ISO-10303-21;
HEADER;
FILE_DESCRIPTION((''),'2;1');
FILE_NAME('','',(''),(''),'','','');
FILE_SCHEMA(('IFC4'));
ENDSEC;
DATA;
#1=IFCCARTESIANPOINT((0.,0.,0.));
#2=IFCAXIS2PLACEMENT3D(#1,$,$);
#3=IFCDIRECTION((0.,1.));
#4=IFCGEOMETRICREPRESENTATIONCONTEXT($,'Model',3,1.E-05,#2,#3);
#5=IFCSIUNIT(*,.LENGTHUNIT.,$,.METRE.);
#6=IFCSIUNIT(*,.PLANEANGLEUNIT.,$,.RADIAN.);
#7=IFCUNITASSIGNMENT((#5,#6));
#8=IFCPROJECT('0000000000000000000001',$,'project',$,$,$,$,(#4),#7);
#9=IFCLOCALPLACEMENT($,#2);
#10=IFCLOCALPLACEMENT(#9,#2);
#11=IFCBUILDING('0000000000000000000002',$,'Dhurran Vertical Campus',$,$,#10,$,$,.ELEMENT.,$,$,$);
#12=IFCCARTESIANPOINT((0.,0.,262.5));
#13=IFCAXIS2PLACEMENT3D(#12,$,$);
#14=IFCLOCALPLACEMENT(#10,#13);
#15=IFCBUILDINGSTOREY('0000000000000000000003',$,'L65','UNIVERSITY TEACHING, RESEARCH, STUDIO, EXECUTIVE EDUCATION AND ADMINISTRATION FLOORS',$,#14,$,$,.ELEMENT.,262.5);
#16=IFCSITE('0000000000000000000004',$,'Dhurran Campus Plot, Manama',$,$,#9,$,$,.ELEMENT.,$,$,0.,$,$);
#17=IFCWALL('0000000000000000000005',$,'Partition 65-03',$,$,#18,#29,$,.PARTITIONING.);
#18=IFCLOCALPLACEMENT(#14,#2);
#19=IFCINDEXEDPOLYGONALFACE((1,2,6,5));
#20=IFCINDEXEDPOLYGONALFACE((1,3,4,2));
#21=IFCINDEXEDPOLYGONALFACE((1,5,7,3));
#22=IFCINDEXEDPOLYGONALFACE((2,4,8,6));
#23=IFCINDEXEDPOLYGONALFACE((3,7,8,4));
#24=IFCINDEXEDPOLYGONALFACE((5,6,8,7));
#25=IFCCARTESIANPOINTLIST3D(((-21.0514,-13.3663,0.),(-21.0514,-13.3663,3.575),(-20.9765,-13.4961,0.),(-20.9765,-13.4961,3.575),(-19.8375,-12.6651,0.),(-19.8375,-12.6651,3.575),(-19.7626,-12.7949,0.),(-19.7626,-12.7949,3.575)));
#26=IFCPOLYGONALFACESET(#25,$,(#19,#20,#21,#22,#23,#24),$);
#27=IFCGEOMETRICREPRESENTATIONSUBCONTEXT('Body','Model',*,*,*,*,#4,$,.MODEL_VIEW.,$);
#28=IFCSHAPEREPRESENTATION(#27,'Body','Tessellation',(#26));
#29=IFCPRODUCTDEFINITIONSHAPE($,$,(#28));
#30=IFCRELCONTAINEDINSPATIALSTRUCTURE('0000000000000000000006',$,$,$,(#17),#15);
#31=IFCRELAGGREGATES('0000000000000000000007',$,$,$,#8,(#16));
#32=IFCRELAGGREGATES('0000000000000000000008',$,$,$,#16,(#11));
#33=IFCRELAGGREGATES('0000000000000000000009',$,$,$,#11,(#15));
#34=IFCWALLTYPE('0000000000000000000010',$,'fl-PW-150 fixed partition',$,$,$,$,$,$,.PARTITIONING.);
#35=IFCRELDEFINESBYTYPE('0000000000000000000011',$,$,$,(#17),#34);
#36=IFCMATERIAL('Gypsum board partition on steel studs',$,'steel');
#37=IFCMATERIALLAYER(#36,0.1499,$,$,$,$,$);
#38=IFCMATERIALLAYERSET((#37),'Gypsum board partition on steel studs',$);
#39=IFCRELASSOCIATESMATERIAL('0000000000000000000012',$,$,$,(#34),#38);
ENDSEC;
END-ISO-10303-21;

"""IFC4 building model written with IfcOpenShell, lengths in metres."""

from ifc_helpers import new_model, si_unit, direction, frame, frame_2d, origin, place, context, subcontext, project, spatial, rectangle, extrude, material, layer, layer_set, type_object, element, save


model = new_model("IFC4")

# Units and contexts
model_context = context("Model", 3, precision=1e-05, world=origin(), true_north=direction((0.0, 1.0)))
body_context = subcontext(model_context, "Body", "Model", "MODEL_VIEW")
ifc_project = project(units=[si_unit("LENGTHUNIT", "METRE"), si_unit("PLANEANGLEUNIT", "RADIAN")], contexts=[model_context])

# Site, building, storey
site_placement = place(None, origin())
site = spatial("IfcSite", under=ifc_project, at=site_placement, Name="Dhurran Campus Plot, Manama", CompositionType="ELEMENT", RefElevation=0.0)
building_placement = place(site_placement, origin())
building = spatial("IfcBuilding", under=site, at=building_placement, Name="Dhurran Vertical Campus", CompositionType="ELEMENT")
storey_placement = place(building_placement, frame((0.0, 0.0, 262.5)))
storey = spatial("IfcBuildingStorey", under=building, at=storey_placement, Name="L65", Description="UNIVERSITY TEACHING, RESEARCH, STUDIO, EXECUTIVE EDUCATION AND ADMINISTRATION FLOORS", CompositionType="ELEMENT", Elevation=262.5)

# Wall
ifc_material_1 = material(Name="Gypsum board partition on steel studs", Category="steel")
ifc_layer_1 = layer(ifc_material_1, 0.1499)
ifc_layer_set_1 = layer_set([ifc_layer_1], Name="Gypsum board partition on steel studs")
wall_type_1 = type_object("IfcWallType", Name="fl-PW-150 fixed partition", PredefinedType="PARTITIONING", material=ifc_layer_set_1)
wall_1_placement = place(storey_placement, frame((-19.8, -12.73, 0.0), z_axis=(0.0, 0.0, 1.0), x_axis=(-0.865919, -0.500185, 0.0)))
element("IfcWall", 1, at=wall_1_placement, inside=storey, type_object=wall_type_1, Name="Partition 65-03", PredefinedType="PARTITIONING", context=body_context, shape_type="SweptSolid", body=[
    extrude(rectangle(XDim=1.4019, YDim=0.1499, at=frame_2d((0.7009, 0.0))), origin(), (0.0, 0.0, 1.0), 3.575),
])

save(model, "model.ifc")
